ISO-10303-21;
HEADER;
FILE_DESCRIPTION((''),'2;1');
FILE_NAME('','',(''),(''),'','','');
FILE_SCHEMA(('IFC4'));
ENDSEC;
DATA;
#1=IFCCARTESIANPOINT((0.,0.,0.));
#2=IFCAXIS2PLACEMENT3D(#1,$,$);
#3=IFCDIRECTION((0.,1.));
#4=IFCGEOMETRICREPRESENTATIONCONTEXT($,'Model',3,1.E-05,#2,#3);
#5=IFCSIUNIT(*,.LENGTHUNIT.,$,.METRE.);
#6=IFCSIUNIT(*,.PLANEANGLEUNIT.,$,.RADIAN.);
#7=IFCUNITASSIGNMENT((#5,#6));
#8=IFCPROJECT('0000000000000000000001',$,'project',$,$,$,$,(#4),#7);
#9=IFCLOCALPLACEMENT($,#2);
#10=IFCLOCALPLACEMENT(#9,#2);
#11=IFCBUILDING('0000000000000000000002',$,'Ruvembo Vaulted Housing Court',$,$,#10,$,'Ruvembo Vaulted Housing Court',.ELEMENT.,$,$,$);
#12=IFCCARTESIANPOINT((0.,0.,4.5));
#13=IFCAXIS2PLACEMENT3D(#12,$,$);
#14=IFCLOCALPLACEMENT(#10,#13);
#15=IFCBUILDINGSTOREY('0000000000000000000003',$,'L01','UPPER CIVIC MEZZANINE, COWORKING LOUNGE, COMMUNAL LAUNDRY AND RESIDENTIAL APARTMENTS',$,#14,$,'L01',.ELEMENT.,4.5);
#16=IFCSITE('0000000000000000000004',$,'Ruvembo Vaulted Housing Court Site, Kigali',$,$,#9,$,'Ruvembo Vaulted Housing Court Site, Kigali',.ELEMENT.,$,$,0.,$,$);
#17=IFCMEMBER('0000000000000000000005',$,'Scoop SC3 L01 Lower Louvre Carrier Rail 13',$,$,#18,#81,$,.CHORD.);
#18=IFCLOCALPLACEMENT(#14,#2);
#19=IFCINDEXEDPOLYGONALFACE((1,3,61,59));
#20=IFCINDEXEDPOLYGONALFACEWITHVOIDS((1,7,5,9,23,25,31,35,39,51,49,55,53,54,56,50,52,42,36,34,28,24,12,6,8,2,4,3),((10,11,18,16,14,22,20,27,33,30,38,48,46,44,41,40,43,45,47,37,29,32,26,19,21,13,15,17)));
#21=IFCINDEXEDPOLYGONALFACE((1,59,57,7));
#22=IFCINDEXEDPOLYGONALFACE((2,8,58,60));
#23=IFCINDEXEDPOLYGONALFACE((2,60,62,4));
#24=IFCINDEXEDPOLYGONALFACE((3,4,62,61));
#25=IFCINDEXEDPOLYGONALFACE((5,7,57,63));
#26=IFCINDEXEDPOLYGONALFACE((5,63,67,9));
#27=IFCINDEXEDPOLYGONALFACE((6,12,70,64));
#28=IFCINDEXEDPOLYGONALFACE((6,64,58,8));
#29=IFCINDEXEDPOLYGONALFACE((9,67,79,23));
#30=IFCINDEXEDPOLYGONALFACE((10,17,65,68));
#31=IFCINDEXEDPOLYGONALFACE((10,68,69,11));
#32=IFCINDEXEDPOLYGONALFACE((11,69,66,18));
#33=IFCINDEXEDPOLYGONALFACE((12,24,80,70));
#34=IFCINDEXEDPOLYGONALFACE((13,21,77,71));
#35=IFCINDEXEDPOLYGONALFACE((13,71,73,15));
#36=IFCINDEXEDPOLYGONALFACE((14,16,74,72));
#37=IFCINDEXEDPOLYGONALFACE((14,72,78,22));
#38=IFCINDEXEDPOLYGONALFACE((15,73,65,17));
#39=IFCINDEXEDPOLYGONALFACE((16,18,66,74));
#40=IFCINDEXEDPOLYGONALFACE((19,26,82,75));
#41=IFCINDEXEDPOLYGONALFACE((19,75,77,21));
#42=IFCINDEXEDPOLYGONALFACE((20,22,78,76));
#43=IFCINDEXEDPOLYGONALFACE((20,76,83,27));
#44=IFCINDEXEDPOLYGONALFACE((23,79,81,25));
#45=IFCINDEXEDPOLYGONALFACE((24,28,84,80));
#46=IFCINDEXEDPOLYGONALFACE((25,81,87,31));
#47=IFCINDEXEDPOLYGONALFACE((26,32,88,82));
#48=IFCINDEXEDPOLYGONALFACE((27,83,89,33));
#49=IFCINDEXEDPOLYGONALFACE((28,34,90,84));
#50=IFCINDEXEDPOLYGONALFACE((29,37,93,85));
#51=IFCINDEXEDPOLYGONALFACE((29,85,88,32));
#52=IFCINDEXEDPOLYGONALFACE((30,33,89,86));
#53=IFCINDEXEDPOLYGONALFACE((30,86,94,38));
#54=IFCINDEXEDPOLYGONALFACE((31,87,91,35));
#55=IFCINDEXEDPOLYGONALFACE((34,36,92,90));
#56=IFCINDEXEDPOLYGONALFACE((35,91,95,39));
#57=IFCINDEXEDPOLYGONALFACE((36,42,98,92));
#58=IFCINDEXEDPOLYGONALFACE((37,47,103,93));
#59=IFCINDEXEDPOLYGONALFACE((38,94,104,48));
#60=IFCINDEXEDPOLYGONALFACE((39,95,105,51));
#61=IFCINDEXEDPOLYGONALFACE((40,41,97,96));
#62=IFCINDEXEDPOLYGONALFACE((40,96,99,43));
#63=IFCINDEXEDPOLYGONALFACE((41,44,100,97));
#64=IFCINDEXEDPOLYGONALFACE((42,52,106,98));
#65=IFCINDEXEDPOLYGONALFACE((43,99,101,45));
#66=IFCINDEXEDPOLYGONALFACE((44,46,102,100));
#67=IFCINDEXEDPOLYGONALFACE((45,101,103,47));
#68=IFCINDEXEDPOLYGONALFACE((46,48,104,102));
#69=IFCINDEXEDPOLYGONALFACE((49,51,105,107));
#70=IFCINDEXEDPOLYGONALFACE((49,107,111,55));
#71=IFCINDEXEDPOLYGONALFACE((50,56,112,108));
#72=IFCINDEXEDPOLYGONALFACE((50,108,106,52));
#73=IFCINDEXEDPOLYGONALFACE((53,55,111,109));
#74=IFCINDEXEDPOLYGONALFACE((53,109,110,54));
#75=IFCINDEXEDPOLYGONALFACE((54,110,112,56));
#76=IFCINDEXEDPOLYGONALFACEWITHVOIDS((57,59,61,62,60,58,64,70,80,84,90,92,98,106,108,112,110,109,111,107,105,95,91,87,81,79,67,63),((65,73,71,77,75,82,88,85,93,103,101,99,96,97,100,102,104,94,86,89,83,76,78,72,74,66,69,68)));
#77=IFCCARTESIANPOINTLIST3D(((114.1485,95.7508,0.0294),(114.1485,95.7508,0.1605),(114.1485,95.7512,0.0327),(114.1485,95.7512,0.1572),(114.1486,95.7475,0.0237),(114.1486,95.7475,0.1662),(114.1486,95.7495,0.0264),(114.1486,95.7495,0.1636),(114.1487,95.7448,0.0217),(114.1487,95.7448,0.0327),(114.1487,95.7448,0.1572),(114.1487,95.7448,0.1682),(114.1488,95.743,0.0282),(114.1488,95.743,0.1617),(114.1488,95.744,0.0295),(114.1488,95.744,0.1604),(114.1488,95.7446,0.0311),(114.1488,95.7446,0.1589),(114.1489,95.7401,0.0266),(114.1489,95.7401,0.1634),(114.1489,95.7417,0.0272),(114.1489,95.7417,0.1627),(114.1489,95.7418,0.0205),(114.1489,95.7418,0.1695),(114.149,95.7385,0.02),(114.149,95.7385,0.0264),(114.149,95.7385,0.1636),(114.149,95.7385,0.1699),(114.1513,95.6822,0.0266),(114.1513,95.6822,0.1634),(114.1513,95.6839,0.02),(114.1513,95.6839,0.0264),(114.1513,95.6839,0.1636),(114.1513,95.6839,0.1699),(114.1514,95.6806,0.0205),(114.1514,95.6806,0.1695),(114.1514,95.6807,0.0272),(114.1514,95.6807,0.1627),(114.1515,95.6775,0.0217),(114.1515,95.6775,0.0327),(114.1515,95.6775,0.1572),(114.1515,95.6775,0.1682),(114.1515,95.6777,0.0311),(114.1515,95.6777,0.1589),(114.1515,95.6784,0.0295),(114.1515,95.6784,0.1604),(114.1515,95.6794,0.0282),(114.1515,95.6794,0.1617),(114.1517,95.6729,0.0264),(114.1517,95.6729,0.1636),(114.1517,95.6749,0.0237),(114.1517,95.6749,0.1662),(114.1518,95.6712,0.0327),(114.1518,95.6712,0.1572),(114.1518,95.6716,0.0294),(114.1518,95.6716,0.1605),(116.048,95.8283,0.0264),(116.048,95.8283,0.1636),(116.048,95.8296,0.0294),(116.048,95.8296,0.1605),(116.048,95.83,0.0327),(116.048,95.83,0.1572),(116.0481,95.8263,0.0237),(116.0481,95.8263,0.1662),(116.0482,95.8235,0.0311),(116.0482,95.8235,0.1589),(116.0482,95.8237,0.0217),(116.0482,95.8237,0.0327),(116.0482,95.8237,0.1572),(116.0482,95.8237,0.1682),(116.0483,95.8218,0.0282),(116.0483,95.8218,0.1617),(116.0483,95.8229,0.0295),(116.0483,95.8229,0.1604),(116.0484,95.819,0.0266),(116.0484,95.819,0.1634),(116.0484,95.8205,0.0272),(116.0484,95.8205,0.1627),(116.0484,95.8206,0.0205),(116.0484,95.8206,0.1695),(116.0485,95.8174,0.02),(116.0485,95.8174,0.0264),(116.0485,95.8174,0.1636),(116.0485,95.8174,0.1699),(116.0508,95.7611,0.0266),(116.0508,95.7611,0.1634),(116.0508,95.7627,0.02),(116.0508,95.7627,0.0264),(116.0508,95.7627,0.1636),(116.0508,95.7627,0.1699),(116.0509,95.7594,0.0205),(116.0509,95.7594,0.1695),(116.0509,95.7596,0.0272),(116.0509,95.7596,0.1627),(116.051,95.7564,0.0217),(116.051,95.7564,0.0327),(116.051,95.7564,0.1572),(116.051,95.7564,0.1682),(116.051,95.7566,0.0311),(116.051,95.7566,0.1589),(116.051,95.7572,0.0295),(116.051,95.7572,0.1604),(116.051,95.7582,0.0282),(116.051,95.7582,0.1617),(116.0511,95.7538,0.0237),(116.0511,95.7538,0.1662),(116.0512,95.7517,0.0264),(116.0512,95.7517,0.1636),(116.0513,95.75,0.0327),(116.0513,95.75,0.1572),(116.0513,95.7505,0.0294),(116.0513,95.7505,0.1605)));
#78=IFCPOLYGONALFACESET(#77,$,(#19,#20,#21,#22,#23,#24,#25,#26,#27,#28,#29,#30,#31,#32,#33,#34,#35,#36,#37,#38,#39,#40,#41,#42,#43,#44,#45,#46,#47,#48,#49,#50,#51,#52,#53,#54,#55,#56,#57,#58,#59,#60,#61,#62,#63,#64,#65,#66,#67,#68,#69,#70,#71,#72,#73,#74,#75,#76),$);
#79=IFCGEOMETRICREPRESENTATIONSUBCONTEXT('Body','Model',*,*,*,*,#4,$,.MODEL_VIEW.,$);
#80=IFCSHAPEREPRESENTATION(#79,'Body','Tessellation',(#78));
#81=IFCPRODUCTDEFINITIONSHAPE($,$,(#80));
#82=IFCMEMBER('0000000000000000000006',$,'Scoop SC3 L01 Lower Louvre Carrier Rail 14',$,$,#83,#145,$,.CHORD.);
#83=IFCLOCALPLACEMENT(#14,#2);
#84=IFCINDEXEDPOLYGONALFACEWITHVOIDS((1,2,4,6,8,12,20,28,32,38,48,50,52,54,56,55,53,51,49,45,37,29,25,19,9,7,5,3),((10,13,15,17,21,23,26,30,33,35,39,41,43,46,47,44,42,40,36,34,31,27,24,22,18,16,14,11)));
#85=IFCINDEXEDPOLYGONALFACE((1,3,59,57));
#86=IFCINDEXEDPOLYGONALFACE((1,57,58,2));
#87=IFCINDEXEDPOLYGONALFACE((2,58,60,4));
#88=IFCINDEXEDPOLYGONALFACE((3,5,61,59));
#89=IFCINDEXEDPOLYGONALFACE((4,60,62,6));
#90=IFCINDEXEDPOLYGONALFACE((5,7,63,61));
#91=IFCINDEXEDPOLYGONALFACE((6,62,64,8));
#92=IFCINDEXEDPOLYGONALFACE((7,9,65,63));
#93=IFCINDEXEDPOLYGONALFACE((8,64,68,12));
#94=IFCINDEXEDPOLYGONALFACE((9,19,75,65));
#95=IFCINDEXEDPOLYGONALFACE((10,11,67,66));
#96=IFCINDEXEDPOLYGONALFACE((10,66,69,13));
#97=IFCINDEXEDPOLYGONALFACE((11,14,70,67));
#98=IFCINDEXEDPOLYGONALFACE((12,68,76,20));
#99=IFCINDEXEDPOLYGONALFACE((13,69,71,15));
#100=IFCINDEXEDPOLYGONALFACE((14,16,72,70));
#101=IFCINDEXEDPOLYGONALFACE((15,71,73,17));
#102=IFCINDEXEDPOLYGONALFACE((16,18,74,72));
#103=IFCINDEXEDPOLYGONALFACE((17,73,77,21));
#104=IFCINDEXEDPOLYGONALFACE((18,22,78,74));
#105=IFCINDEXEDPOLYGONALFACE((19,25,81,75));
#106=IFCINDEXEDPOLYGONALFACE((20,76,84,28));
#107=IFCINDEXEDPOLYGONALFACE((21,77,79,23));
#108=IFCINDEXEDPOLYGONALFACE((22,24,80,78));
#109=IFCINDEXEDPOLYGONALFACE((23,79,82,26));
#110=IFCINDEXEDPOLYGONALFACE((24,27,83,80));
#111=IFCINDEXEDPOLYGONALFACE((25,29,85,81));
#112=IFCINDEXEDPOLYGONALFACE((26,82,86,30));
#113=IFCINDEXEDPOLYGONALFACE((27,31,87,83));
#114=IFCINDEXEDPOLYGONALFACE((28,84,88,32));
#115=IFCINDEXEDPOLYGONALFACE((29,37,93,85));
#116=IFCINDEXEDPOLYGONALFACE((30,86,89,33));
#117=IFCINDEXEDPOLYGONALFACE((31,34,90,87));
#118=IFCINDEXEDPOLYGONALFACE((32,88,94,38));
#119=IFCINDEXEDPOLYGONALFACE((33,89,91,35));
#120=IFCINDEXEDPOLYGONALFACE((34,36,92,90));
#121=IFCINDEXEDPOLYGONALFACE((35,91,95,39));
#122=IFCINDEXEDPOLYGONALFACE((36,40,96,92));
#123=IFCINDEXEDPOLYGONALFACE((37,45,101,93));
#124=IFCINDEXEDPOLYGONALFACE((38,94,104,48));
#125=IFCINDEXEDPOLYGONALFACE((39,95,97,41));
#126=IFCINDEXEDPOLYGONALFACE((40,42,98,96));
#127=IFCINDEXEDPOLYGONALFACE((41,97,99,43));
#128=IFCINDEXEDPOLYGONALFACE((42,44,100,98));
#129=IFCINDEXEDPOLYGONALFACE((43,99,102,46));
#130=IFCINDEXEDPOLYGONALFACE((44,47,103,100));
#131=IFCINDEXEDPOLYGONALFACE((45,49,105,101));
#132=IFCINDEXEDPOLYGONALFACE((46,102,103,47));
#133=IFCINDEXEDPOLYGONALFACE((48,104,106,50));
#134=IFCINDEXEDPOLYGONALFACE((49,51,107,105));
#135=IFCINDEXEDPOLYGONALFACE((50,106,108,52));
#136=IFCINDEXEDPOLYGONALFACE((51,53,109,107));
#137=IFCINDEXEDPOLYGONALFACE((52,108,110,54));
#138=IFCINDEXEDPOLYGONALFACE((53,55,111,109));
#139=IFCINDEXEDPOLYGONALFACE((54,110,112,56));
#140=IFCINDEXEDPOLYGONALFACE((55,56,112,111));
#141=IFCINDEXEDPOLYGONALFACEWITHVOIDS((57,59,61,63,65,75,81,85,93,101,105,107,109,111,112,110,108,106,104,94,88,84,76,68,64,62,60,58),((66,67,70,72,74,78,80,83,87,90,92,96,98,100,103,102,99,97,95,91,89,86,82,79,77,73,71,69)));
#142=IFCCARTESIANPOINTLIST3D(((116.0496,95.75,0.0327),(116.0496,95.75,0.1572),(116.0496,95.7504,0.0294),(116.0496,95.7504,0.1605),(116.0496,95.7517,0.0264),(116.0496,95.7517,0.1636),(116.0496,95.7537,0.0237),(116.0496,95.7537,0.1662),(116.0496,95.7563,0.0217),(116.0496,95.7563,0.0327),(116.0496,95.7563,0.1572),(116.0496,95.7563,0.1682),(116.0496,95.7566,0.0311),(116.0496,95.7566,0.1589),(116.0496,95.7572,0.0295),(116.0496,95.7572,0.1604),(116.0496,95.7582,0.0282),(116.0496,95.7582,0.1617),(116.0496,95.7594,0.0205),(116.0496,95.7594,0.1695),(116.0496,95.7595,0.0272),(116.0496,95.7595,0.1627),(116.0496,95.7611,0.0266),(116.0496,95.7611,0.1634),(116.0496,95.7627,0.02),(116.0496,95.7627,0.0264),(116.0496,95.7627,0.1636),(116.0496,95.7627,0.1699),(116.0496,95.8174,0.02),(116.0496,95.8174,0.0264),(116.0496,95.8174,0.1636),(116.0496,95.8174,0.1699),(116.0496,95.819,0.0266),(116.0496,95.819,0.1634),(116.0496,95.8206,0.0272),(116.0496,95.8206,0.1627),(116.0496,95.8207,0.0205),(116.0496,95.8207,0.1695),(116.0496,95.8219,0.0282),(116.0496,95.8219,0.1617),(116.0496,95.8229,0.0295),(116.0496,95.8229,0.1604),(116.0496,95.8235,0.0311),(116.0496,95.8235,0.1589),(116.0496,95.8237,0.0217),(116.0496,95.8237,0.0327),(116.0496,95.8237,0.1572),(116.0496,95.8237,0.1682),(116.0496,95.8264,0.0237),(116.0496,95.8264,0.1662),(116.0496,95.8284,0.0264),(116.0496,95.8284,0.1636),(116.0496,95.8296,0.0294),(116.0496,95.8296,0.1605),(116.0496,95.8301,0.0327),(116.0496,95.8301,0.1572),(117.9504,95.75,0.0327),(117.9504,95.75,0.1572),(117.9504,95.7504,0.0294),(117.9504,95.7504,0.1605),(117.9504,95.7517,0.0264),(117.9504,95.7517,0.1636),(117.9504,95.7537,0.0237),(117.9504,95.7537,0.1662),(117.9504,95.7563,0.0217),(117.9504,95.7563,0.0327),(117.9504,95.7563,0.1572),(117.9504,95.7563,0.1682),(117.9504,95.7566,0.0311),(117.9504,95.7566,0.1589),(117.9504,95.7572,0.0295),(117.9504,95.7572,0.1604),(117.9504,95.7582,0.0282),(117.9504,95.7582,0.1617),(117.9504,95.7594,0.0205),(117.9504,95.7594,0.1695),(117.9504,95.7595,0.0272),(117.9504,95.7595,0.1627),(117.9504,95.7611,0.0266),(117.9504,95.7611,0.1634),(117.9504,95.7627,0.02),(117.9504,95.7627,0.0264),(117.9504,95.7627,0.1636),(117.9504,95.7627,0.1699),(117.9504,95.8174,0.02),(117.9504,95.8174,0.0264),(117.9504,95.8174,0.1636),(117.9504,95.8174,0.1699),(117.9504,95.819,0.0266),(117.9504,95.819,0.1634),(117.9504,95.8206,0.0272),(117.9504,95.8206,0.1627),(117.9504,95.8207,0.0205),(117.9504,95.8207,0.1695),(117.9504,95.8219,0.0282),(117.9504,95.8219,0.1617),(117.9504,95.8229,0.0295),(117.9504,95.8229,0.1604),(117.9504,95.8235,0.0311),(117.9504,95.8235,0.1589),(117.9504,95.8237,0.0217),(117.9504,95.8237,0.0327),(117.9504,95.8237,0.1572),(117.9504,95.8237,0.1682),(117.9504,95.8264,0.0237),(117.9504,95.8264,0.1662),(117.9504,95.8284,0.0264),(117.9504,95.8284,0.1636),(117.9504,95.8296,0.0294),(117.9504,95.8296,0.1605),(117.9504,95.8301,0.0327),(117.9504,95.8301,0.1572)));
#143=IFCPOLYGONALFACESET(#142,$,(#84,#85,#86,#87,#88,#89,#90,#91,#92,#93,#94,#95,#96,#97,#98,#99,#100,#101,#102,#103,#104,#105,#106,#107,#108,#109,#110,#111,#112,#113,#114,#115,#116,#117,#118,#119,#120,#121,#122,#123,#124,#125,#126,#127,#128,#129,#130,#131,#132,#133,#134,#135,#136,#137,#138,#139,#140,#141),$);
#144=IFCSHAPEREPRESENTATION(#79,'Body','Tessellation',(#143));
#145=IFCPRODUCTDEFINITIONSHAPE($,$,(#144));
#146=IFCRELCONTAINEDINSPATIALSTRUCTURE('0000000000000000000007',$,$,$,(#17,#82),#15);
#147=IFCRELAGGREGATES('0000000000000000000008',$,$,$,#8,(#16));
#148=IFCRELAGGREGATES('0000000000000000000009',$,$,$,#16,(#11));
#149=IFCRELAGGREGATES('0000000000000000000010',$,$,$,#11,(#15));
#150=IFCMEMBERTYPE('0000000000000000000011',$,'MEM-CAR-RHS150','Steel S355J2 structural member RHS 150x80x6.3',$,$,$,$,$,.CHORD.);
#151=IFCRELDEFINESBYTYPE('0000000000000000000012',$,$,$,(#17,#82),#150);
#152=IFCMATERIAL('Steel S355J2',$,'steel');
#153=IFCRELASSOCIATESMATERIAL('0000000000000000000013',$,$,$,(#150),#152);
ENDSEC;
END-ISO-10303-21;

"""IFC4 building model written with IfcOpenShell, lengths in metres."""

from ifc_helpers import new_model, si_unit, direction, frame, origin, origin_2d, place, context, subcontext, project, spatial, hollow_rectangle, extrude, material, material_profile, profile_set, type_object, element, save


model = new_model("IFC4")

# Units and contexts
model_context = context("Model", 3, precision=1e-05, world=origin(), true_north=direction((0.0, 1.0)))
body_context = subcontext(model_context, "Body", "Model", "MODEL_VIEW")
ifc_project = project(units=[si_unit("LENGTHUNIT", "METRE"), si_unit("PLANEANGLEUNIT", "RADIAN")], contexts=[model_context])

# Site, building, storey
site_placement = place(None, origin())
site = spatial("IfcSite", under=ifc_project, at=site_placement, Name="Ruvembo Vaulted Housing Court Site, Kigali", LongName="Ruvembo Vaulted Housing Court Site, Kigali", CompositionType="ELEMENT", RefElevation=0.0)
building_placement = place(site_placement, origin())
building = spatial("IfcBuilding", under=site, at=building_placement, Name="Ruvembo Vaulted Housing Court", LongName="Ruvembo Vaulted Housing Court", CompositionType="ELEMENT")
storey_placement = place(building_placement, frame((0.0, 0.0, 4.5)))
storey = spatial("IfcBuildingStorey", under=building, at=storey_placement, Name="L01", Description="UPPER CIVIC MEZZANINE, COWORKING LOUNGE, COMMUNAL LAUNDRY AND RESIDENTIAL APARTMENTS", LongName="L01", CompositionType="ELEMENT", Elevation=4.5)

# Shared definitions
ifc_material_1 = material(Name="Steel S355J2", Category="steel")

# Members
ifc_material_profile_1 = material_profile(ifc_material_1, hollow_rectangle(XDim=0.0801, YDim=0.1499, WallThickness=0.0063, InnerFilletRadius=0.0063, OuterFilletRadius=0.0127, at=origin_2d()), Name="RHS 150x80x6.3")
ifc_profile_set_1 = profile_set([ifc_material_profile_1], Name="Steel S355J2")
member_type_1 = type_object("IfcMemberType", Name="MEM-CAR-RHS150", Description="Steel S355J2 structural member RHS 150x80x6.3", PredefinedType="CHORD", material=ifc_profile_set_1)
member_1_placement = place(storey_placement, frame((114.1501, 95.7112, 0.095), z_axis=(0.999139, 0.041481, 0.0), x_axis=(-0.041481, 0.999139, 0.0)))
element("IfcMember", 1, at=member_1_placement, inside=storey, type_object=member_type_1, Name="Scoop SC3 L01 Lower Louvre Carrier Rail 13", PredefinedType="CHORD", context=body_context, shape_type="SweptSolid", body=[
    extrude(hollow_rectangle(XDim=0.0801, YDim=0.1499, WallThickness=0.0063, InnerFilletRadius=0.0063, OuterFilletRadius=0.0127, at=origin_2d()), origin(), (0.0, 0.0, 1.0), 1.9011),
])
member_2_placement = place(storey_placement, frame((116.0496, 95.79, 0.095), z_axis=(1.0, 0.0, 0.0), x_axis=(0.0, 1.0, 0.0)))
element("IfcMember", 2, at=member_2_placement, inside=storey, type_object=member_type_1, Name="Scoop SC3 L01 Lower Louvre Carrier Rail 14", PredefinedType="CHORD", context=body_context, shape_type="SweptSolid", body=[
    extrude(hollow_rectangle(XDim=0.0801, YDim=0.1499, WallThickness=0.0063, InnerFilletRadius=0.0063, OuterFilletRadius=0.0127, at=origin_2d()), origin(), (0.0, 0.0, 1.0), 1.9009),
])

save(model, "model.ifc")
